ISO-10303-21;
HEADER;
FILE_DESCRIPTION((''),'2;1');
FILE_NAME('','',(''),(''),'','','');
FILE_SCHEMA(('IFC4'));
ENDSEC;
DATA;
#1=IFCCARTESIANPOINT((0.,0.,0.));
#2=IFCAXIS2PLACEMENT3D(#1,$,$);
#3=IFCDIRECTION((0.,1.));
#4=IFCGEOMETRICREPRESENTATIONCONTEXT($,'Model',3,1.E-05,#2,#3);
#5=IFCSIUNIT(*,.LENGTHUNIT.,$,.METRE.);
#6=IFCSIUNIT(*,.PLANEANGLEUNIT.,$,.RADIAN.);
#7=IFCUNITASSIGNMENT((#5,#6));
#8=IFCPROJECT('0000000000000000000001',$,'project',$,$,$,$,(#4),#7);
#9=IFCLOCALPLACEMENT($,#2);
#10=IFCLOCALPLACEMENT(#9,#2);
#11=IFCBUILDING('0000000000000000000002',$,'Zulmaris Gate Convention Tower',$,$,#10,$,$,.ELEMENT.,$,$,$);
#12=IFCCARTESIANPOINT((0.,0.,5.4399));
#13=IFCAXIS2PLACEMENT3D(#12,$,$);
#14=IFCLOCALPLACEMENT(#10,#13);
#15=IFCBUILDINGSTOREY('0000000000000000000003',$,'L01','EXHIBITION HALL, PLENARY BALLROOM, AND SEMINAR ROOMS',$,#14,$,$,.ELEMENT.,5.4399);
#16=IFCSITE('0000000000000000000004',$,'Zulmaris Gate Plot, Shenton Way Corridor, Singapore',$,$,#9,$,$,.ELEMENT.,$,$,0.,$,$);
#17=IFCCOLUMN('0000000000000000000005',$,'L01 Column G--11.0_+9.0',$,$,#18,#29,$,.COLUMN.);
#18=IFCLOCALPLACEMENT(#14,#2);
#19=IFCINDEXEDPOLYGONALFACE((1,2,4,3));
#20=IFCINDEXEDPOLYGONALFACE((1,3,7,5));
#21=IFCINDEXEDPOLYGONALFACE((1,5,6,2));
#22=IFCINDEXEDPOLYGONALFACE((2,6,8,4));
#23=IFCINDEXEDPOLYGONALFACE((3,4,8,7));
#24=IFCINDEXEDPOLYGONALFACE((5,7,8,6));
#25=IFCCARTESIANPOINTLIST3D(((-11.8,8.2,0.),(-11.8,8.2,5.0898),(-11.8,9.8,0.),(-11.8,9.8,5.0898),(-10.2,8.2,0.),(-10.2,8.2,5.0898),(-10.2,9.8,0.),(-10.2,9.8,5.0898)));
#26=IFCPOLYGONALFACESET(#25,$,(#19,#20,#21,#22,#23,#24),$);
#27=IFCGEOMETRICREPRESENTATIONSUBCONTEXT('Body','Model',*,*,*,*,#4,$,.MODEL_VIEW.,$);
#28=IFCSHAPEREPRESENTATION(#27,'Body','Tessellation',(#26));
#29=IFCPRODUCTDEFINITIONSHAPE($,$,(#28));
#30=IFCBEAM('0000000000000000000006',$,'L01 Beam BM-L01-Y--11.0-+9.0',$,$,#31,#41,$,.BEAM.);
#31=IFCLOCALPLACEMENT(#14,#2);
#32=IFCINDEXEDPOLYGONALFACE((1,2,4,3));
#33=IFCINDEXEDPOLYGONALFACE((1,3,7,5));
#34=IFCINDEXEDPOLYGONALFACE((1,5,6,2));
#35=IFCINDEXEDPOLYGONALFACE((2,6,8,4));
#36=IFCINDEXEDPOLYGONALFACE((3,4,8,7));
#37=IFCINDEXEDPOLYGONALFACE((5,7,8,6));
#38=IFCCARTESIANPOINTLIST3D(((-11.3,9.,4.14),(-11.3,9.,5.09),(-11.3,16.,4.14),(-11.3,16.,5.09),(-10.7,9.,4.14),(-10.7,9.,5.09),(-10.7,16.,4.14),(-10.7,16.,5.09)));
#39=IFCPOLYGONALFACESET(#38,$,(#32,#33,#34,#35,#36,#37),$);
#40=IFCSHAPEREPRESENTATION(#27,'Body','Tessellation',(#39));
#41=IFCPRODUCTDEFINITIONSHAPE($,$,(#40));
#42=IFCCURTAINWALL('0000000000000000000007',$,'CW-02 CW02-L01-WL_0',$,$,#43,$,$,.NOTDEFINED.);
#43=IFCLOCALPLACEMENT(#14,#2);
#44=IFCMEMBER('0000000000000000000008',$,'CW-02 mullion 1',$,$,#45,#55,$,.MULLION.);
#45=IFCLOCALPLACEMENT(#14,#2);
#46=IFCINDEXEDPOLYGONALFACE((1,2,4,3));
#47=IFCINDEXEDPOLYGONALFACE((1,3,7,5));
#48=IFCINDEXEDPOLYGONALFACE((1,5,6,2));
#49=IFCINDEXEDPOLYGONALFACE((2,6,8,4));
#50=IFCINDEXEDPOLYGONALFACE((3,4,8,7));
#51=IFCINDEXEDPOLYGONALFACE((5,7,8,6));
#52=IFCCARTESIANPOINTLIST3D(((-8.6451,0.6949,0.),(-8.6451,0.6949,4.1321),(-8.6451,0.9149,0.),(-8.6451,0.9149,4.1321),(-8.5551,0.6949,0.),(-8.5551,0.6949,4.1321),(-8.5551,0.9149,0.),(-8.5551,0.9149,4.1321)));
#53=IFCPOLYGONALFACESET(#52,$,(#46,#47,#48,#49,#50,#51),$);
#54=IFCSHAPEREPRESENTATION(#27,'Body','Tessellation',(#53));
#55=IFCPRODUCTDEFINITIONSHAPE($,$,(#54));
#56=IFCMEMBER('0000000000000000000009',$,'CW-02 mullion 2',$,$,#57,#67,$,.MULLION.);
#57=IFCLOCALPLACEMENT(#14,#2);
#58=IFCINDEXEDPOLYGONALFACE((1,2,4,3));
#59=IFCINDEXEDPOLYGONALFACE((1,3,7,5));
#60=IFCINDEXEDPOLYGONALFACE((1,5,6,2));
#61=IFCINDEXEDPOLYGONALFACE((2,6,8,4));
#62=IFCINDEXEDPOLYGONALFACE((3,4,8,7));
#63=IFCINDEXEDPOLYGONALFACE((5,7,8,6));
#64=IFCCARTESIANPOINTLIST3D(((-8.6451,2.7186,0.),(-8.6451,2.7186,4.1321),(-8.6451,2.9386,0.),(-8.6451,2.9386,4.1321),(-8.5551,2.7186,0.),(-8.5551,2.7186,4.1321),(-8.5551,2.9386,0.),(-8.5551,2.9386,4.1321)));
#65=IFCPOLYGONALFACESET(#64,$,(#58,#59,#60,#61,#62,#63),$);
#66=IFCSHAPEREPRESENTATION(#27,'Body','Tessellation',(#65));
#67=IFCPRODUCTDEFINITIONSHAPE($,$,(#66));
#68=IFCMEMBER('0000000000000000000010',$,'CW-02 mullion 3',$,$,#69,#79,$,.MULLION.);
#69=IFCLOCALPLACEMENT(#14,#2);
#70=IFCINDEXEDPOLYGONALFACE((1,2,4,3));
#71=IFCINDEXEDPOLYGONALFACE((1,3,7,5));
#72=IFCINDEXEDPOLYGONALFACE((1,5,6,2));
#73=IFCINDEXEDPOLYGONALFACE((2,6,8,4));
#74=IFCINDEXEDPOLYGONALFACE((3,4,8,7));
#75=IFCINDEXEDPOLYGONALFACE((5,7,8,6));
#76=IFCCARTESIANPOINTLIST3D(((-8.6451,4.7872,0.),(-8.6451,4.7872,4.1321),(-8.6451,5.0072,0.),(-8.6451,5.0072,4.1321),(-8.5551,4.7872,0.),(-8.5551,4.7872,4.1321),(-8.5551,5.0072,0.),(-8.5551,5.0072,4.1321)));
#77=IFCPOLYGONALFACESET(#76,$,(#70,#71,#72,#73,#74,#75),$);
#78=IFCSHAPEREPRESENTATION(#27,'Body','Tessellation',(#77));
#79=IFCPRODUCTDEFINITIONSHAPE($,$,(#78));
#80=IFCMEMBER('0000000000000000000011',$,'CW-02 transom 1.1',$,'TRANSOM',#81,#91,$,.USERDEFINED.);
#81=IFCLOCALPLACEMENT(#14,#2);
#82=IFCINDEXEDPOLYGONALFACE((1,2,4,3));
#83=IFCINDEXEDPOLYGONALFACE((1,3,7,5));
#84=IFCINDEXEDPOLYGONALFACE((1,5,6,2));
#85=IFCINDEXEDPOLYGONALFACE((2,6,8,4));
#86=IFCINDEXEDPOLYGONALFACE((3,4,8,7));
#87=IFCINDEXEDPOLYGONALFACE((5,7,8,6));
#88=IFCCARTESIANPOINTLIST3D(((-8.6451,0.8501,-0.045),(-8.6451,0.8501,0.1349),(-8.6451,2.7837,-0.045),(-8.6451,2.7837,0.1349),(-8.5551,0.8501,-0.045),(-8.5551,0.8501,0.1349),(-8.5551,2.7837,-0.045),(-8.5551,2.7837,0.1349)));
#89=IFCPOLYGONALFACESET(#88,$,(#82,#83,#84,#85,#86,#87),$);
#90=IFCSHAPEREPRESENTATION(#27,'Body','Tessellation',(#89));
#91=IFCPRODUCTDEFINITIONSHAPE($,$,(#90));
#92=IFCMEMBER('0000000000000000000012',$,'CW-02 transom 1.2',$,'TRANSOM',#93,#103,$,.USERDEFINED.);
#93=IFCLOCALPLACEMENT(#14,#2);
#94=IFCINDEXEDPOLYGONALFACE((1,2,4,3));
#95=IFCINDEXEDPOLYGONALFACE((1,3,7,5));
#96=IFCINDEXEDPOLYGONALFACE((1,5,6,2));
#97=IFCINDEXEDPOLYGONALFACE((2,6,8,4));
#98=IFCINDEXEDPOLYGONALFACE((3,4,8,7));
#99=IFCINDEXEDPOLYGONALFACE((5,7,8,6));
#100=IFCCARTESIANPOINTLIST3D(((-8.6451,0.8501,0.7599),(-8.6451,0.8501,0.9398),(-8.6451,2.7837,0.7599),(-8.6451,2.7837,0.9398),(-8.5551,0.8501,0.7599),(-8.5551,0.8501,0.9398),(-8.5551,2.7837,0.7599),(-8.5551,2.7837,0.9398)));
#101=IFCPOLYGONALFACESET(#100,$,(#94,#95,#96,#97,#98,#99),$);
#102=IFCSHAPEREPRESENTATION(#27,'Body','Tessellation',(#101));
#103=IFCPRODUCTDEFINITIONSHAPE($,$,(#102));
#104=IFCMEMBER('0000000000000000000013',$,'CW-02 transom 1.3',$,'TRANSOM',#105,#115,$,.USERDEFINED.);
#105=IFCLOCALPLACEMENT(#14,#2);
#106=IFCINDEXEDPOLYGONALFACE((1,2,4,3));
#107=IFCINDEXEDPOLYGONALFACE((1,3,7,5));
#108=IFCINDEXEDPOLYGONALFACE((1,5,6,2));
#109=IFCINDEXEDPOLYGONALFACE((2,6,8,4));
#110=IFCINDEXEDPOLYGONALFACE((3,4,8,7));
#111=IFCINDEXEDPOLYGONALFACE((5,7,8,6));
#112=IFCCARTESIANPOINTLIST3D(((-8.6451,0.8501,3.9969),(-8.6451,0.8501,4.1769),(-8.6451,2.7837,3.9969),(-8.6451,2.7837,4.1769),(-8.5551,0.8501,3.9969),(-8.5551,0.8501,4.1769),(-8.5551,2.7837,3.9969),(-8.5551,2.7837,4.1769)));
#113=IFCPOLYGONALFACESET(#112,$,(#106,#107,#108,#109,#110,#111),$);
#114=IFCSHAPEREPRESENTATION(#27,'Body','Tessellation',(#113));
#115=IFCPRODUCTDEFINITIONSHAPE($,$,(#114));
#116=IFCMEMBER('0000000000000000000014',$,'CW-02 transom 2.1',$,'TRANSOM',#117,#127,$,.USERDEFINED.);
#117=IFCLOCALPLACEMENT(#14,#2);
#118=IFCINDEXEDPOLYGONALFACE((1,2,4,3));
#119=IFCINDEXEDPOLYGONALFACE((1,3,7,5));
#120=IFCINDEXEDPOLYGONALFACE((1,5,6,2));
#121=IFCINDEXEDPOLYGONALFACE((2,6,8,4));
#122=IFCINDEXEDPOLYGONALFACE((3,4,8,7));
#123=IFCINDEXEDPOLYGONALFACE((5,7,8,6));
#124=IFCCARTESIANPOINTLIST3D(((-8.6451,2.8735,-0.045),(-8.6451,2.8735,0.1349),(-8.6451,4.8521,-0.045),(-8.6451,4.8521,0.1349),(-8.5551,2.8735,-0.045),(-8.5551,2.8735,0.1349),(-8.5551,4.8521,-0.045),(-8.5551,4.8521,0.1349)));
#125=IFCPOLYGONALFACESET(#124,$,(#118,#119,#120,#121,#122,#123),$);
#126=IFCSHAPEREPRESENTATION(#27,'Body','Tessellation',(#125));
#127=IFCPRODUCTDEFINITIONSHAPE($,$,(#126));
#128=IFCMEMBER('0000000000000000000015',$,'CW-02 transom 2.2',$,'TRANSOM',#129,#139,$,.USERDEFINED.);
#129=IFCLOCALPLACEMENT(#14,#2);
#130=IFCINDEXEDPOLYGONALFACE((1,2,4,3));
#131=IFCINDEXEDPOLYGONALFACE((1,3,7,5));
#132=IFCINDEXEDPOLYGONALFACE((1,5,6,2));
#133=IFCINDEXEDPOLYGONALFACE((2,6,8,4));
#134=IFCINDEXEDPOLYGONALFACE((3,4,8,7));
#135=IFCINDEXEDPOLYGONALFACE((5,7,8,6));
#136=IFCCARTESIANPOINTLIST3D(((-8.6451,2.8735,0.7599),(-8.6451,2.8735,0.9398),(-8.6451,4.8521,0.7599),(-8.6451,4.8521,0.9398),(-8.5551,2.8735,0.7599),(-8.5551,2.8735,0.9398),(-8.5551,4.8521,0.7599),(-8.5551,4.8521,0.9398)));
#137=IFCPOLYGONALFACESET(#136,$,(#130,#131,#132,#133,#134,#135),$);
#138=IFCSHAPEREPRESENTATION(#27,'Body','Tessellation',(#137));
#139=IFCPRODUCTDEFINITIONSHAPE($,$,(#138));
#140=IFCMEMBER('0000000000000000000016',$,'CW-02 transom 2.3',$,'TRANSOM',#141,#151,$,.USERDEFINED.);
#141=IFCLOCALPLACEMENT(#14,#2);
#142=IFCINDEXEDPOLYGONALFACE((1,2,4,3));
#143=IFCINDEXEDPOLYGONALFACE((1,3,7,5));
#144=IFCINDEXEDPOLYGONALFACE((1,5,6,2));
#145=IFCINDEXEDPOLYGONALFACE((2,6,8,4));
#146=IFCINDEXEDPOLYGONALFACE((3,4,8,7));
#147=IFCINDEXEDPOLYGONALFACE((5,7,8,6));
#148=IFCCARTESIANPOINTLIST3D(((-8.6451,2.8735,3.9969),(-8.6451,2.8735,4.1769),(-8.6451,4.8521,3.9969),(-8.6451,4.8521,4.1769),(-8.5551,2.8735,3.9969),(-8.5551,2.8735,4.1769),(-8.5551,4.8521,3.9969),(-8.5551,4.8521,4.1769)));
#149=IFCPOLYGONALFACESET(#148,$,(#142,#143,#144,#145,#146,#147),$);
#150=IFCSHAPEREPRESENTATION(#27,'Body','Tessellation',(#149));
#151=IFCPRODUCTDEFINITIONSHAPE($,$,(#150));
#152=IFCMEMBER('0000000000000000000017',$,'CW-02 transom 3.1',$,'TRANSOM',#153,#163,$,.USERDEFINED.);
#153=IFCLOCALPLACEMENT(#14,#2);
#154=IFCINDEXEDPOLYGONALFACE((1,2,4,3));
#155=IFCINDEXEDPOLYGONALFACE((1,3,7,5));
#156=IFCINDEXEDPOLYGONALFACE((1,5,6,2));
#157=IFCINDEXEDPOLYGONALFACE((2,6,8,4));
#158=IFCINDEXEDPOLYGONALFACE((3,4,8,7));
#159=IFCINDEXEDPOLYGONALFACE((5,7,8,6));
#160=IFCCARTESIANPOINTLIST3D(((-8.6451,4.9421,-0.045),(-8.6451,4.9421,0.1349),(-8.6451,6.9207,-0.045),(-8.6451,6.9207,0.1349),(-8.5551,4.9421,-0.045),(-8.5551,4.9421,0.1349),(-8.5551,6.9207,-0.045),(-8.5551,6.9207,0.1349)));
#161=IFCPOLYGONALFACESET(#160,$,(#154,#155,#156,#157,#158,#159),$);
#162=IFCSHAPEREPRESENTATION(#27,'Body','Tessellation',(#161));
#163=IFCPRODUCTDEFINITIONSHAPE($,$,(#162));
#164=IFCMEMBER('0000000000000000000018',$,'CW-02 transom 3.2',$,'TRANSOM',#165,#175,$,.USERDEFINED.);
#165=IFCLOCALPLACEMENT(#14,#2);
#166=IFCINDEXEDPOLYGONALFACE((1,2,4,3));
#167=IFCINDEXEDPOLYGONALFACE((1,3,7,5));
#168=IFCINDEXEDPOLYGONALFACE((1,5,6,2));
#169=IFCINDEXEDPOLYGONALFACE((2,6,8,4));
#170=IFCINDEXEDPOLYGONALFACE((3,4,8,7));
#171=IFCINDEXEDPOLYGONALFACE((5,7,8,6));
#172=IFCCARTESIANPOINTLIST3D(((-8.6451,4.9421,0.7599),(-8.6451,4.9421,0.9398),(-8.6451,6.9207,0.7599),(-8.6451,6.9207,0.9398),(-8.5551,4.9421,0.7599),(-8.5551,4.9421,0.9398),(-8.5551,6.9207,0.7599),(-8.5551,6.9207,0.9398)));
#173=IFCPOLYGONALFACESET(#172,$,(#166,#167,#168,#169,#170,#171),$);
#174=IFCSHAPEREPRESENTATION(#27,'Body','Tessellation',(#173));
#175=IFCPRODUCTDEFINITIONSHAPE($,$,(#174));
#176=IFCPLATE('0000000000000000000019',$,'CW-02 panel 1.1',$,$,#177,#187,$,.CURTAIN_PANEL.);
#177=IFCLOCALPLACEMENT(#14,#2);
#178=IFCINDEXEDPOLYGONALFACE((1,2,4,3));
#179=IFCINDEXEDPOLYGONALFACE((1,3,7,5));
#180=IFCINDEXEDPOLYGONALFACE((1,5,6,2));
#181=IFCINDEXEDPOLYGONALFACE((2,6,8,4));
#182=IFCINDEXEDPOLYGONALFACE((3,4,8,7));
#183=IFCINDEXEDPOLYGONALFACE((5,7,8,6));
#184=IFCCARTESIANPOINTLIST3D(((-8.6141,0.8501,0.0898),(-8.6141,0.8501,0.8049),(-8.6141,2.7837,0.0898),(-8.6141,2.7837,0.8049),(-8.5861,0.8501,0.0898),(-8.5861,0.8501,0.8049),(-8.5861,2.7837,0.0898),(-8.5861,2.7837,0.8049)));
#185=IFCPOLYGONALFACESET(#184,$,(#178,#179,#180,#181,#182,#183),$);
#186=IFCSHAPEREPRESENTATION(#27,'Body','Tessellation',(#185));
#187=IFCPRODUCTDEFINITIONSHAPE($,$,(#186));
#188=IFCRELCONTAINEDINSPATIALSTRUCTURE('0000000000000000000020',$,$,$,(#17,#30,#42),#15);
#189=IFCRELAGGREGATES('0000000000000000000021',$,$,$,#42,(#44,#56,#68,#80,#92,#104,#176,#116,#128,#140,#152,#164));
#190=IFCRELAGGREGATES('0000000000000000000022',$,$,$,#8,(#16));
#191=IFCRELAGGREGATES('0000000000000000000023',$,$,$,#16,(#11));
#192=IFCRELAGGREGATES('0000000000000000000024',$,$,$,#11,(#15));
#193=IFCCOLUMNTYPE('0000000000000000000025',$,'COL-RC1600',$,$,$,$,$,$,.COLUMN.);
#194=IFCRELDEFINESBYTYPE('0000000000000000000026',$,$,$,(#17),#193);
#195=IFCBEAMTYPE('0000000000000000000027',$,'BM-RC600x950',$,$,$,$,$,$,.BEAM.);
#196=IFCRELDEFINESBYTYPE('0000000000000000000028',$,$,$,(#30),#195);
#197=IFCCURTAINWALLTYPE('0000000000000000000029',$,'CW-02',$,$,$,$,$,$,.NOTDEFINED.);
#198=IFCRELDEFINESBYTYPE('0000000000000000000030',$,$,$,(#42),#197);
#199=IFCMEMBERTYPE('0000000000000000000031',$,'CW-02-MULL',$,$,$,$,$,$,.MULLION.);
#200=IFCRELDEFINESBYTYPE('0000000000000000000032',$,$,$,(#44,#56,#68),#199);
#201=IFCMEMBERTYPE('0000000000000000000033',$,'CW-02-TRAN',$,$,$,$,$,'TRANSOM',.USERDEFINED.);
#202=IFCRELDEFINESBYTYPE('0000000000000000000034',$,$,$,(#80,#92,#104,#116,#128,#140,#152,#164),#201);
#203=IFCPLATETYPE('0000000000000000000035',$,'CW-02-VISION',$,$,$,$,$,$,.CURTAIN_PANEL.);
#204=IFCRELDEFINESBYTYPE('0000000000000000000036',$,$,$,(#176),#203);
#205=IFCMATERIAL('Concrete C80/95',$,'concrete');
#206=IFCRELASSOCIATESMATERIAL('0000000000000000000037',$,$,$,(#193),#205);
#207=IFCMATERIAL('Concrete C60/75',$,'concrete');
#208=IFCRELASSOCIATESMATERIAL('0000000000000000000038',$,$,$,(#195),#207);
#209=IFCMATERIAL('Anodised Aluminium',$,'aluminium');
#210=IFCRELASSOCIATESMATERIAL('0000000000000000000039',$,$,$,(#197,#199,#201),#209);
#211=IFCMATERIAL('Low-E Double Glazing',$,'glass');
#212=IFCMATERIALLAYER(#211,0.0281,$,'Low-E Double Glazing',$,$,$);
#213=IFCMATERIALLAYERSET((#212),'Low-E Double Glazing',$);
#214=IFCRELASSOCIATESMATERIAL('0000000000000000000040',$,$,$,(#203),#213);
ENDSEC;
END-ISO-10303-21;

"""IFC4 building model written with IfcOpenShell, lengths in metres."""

from ifc_helpers import new_model, si_unit, direction, frame, origin, origin_2d, place, context, subcontext, project, spatial, rectangle, extrude, material, layer, layer_set, material_profile, profile_set, type_object, element, aggregate, save


model = new_model("IFC4")

# Units and contexts
model_context = context("Model", 3, precision=1e-05, world=origin(), true_north=direction((0.0, 1.0)))
body_context = subcontext(model_context, "Body", "Model", "MODEL_VIEW")
ifc_project = project(units=[si_unit("LENGTHUNIT", "METRE"), si_unit("PLANEANGLEUNIT", "RADIAN")], contexts=[model_context])

# Site, building, storey
site_placement = place(None, origin())
site = spatial("IfcSite", under=ifc_project, at=site_placement, Name="Zulmaris Gate Plot, Shenton Way Corridor, Singapore", CompositionType="ELEMENT", RefElevation=0.0)
building_placement = place(site_placement, origin())
building = spatial("IfcBuilding", under=site, at=building_placement, Name="Zulmaris Gate Convention Tower", CompositionType="ELEMENT")
storey_placement = place(building_placement, frame((0.0, 0.0, 5.4399)))
storey = spatial("IfcBuildingStorey", under=building, at=storey_placement, Name="L01", Description="EXHIBITION HALL, PLENARY BALLROOM, AND SEMINAR ROOMS", CompositionType="ELEMENT", Elevation=5.4399)

# Column
ifc_material_1 = material(Name="Concrete C80/95", Category="concrete")
ifc_material_profile_1 = material_profile(ifc_material_1, rectangle(XDim=1.6001, YDim=1.6001, at=origin_2d()), Name="RC COL 1600x1600")
ifc_profile_set_1 = profile_set([ifc_material_profile_1], Name="Concrete C80/95")
column_type = type_object("IfcColumnType", Name="COL-RC1600", PredefinedType="COLUMN", material=ifc_profile_set_1)
column_placement = place(storey_placement, frame((-11.0, 9.0, 0.0), z_axis=(0.0, 0.0, 1.0), x_axis=(1.0, 0.0, 0.0)))
element("IfcColumn", 1, at=column_placement, inside=storey, type_object=column_type, Name="L01 Column G--11.0_+9.0", PredefinedType="COLUMN", context=body_context, shape_type="SweptSolid", body=[
    extrude(rectangle(XDim=1.6001, YDim=1.6001, at=origin_2d()), origin(), (0.0, 0.0, 1.0), 5.0898),
])

# Beam
ifc_material_2 = material(Name="Concrete C60/75", Category="concrete")
ifc_material_profile_2 = material_profile(ifc_material_2, rectangle(XDim=0.6001, YDim=0.95, at=origin_2d()), Name="RC BEAM 600x950")
ifc_profile_set_2 = profile_set([ifc_material_profile_2], Name="Concrete C60/75")
beam_type = type_object("IfcBeamType", Name="BM-RC600x950", PredefinedType="BEAM", material=ifc_profile_set_2)
beam_placement = place(storey_placement, frame((-11.0, 9.0, 4.615), z_axis=(0.0, 1.0, 0.0), x_axis=(-1.0, 0.0, 0.0)))
element("IfcBeam", 2, at=beam_placement, inside=storey, type_object=beam_type, Name="L01 Beam BM-L01-Y--11.0-+9.0", PredefinedType="BEAM", context=body_context, shape_type="SweptSolid", body=[
    extrude(rectangle(XDim=0.6001, YDim=0.95, at=origin_2d()), origin(), (0.0, 0.0, 1.0), 7.0),
])

# Curtain wall, members, plate
ifc_material_3 = material(Name="Anodised Aluminium", Category="aluminium")
curtain_wall_type = type_object("IfcCurtainWallType", Name="CW-02", PredefinedType="NOTDEFINED", material=ifc_material_3)
curtain_wall_placement = place(storey_placement, origin())
curtain_wall = element("IfcCurtainWall", 3, at=curtain_wall_placement, inside=storey, type_object=curtain_wall_type, Name="CW-02 CW02-L01-WL_0", PredefinedType="NOTDEFINED")
ifc_material_profile_3 = material_profile(ifc_material_3, rectangle(XDim=0.0901, YDim=0.22, at=origin_2d()), Name="ALU MULLION 90x220")
ifc_profile_set_3 = profile_set([ifc_material_profile_3], Name="Anodised Aluminium")
member_type_1 = type_object("IfcMemberType", Name="CW-02-MULL", PredefinedType="MULLION", material=ifc_profile_set_3)
member_1_placement = place(storey_placement, frame((-8.6001, 0.8049, 0.0), z_axis=(0.0, 0.0, 1.0), x_axis=(-1.0, 0.0, 0.0)))
member_1 = element("IfcMember", 4, at=member_1_placement, type_object=member_type_1, Name="CW-02 mullion 1", PredefinedType="MULLION", context=body_context, shape_type="SweptSolid", body=[
    extrude(rectangle(XDim=0.0901, YDim=0.22, at=origin_2d()), origin(), (0.0, 0.0, 1.0), 4.1321),
])
member_2_placement = place(storey_placement, frame((-8.6001, 2.8286, 0.0), z_axis=(0.0, 0.0, 1.0), x_axis=(-1.0, 0.0, 0.0)))
member_2 = element("IfcMember", 5, at=member_2_placement, type_object=member_type_1, Name="CW-02 mullion 2", PredefinedType="MULLION", context=body_context, shape_type="SweptSolid", body=[
    extrude(rectangle(XDim=0.0901, YDim=0.22, at=origin_2d()), origin(), (0.0, 0.0, 1.0), 4.1321),
])
member_3_placement = place(storey_placement, frame((-8.6001, 4.8972, 0.0), z_axis=(0.0, 0.0, 1.0), x_axis=(-1.0, 0.0, 0.0)))
member_3 = element("IfcMember", 6, at=member_3_placement, type_object=member_type_1, Name="CW-02 mullion 3", PredefinedType="MULLION", context=body_context, shape_type="SweptSolid", body=[
    extrude(rectangle(XDim=0.0901, YDim=0.22, at=origin_2d()), origin(), (0.0, 0.0, 1.0), 4.1321),
])
ifc_material_profile_4 = material_profile(ifc_material_3, rectangle(XDim=0.0901, YDim=0.1799, at=origin_2d()), Name="ALU TRANSOM 90x180")
ifc_profile_set_4 = profile_set([ifc_material_profile_4], Name="Anodised Aluminium")
member_type_2 = type_object("IfcMemberType", Name="CW-02-TRAN", ElementType="TRANSOM", PredefinedType="USERDEFINED", material=ifc_profile_set_4)
member_4_placement = place(storey_placement, frame((-8.6001, 0.8501, 0.0449), z_axis=(0.0, 1.0, 0.0), x_axis=(-1.0, 0.0, 0.0)))
member_4 = element("IfcMember", 7, at=member_4_placement, type_object=member_type_2, Name="CW-02 transom 1.1", ObjectType="TRANSOM", PredefinedType="USERDEFINED", context=body_context, shape_type="SweptSolid", body=[
    extrude(rectangle(XDim=0.0901, YDim=0.1799, at=origin_2d()), origin(), (0.0, 0.0, 1.0), 1.9336),
])
member_5_placement = place(storey_placement, frame((-8.6001, 0.8501, 0.8499), z_axis=(0.0, 1.0, 0.0), x_axis=(-1.0, 0.0, 0.0)))
member_5 = element("IfcMember", 8, at=member_5_placement, type_object=member_type_2, Name="CW-02 transom 1.2", ObjectType="TRANSOM", PredefinedType="USERDEFINED", context=body_context, shape_type="SweptSolid", body=[
    extrude(rectangle(XDim=0.0901, YDim=0.1799, at=origin_2d()), origin(), (0.0, 0.0, 1.0), 1.9336),
])
member_6_placement = place(storey_placement, frame((-8.6001, 0.8501, 4.0869), z_axis=(0.0, 1.0, 0.0), x_axis=(-1.0, 0.0, 0.0)))
member_6 = element("IfcMember", 9, at=member_6_placement, type_object=member_type_2, Name="CW-02 transom 1.3", ObjectType="TRANSOM", PredefinedType="USERDEFINED", context=body_context, shape_type="SweptSolid", body=[
    extrude(rectangle(XDim=0.0901, YDim=0.1799, at=origin_2d()), origin(), (0.0, 0.0, 1.0), 1.9336),
])
member_7_placement = place(storey_placement, frame((-8.6001, 2.8735, 0.0449), z_axis=(0.0, 1.0, 0.0), x_axis=(-1.0, 0.0, 0.0)))
member_7 = element("IfcMember", 10, at=member_7_placement, type_object=member_type_2, Name="CW-02 transom 2.1", ObjectType="TRANSOM", PredefinedType="USERDEFINED", context=body_context, shape_type="SweptSolid", body=[
    extrude(rectangle(XDim=0.0901, YDim=0.1799, at=origin_2d()), origin(), (0.0, 0.0, 1.0), 1.9785),
])
member_8_placement = place(storey_placement, frame((-8.6001, 2.8735, 0.8499), z_axis=(0.0, 1.0, 0.0), x_axis=(-1.0, 0.0, 0.0)))
member_8 = element("IfcMember", 11, at=member_8_placement, type_object=member_type_2, Name="CW-02 transom 2.2", ObjectType="TRANSOM", PredefinedType="USERDEFINED", context=body_context, shape_type="SweptSolid", body=[
    extrude(rectangle(XDim=0.0901, YDim=0.1799, at=origin_2d()), origin(), (0.0, 0.0, 1.0), 1.9785),
])
member_9_placement = place(storey_placement, frame((-8.6001, 2.8735, 4.0869), z_axis=(0.0, 1.0, 0.0), x_axis=(-1.0, 0.0, 0.0)))
member_9 = element("IfcMember", 12, at=member_9_placement, type_object=member_type_2, Name="CW-02 transom 2.3", ObjectType="TRANSOM", PredefinedType="USERDEFINED", context=body_context, shape_type="SweptSolid", body=[
    extrude(rectangle(XDim=0.0901, YDim=0.1799, at=origin_2d()), origin(), (0.0, 0.0, 1.0), 1.9785),
])
member_10_placement = place(storey_placement, frame((-8.6001, 4.9421, 0.0449), z_axis=(0.0, 1.0, 0.0), x_axis=(-1.0, 0.0, 0.0)))
member_10 = element("IfcMember", 13, at=member_10_placement, type_object=member_type_2, Name="CW-02 transom 3.1", ObjectType="TRANSOM", PredefinedType="USERDEFINED", context=body_context, shape_type="SweptSolid", body=[
    extrude(rectangle(XDim=0.0901, YDim=0.1799, at=origin_2d()), origin(), (0.0, 0.0, 1.0), 1.9785),
])
member_11_placement = place(storey_placement, frame((-8.6001, 4.9421, 0.8499), z_axis=(0.0, 1.0, 0.0), x_axis=(-1.0, 0.0, 0.0)))
member_11 = element("IfcMember", 14, at=member_11_placement, type_object=member_type_2, Name="CW-02 transom 3.2", ObjectType="TRANSOM", PredefinedType="USERDEFINED", context=body_context, shape_type="SweptSolid", body=[
    extrude(rectangle(XDim=0.0901, YDim=0.1799, at=origin_2d()), origin(), (0.0, 0.0, 1.0), 1.9785),
])
ifc_material_4 = material(Name="Low-E Double Glazing", Category="glass")
ifc_layer_1 = layer(ifc_material_4, 0.0281, Name="Low-E Double Glazing")
ifc_layer_set_1 = layer_set([ifc_layer_1], Name="Low-E Double Glazing")
plate_type = type_object("IfcPlateType", Name="CW-02-VISION", PredefinedType="CURTAIN_PANEL", material=ifc_layer_set_1)
plate_1_placement = place(storey_placement, frame((-8.6001, 1.8169, 0.0898), z_axis=(0.0, 0.0, 1.0), x_axis=(0.0, 1.0, 0.0)))
plate_1 = element("IfcPlate", 15, at=plate_1_placement, type_object=plate_type, Name="CW-02 panel 1.1", PredefinedType="CURTAIN_PANEL", context=body_context, shape_type="SweptSolid", body=[
    extrude(rectangle(XDim=1.9336, YDim=0.0281, at=origin_2d()), origin(), (0.0, 0.0, 1.0), 0.7151),
])
aggregate(curtain_wall, [member_1, member_2, member_3, member_4, member_5, member_6, plate_1, member_7, member_8, member_9, member_10, member_11])

save(model, "model.ifc")
